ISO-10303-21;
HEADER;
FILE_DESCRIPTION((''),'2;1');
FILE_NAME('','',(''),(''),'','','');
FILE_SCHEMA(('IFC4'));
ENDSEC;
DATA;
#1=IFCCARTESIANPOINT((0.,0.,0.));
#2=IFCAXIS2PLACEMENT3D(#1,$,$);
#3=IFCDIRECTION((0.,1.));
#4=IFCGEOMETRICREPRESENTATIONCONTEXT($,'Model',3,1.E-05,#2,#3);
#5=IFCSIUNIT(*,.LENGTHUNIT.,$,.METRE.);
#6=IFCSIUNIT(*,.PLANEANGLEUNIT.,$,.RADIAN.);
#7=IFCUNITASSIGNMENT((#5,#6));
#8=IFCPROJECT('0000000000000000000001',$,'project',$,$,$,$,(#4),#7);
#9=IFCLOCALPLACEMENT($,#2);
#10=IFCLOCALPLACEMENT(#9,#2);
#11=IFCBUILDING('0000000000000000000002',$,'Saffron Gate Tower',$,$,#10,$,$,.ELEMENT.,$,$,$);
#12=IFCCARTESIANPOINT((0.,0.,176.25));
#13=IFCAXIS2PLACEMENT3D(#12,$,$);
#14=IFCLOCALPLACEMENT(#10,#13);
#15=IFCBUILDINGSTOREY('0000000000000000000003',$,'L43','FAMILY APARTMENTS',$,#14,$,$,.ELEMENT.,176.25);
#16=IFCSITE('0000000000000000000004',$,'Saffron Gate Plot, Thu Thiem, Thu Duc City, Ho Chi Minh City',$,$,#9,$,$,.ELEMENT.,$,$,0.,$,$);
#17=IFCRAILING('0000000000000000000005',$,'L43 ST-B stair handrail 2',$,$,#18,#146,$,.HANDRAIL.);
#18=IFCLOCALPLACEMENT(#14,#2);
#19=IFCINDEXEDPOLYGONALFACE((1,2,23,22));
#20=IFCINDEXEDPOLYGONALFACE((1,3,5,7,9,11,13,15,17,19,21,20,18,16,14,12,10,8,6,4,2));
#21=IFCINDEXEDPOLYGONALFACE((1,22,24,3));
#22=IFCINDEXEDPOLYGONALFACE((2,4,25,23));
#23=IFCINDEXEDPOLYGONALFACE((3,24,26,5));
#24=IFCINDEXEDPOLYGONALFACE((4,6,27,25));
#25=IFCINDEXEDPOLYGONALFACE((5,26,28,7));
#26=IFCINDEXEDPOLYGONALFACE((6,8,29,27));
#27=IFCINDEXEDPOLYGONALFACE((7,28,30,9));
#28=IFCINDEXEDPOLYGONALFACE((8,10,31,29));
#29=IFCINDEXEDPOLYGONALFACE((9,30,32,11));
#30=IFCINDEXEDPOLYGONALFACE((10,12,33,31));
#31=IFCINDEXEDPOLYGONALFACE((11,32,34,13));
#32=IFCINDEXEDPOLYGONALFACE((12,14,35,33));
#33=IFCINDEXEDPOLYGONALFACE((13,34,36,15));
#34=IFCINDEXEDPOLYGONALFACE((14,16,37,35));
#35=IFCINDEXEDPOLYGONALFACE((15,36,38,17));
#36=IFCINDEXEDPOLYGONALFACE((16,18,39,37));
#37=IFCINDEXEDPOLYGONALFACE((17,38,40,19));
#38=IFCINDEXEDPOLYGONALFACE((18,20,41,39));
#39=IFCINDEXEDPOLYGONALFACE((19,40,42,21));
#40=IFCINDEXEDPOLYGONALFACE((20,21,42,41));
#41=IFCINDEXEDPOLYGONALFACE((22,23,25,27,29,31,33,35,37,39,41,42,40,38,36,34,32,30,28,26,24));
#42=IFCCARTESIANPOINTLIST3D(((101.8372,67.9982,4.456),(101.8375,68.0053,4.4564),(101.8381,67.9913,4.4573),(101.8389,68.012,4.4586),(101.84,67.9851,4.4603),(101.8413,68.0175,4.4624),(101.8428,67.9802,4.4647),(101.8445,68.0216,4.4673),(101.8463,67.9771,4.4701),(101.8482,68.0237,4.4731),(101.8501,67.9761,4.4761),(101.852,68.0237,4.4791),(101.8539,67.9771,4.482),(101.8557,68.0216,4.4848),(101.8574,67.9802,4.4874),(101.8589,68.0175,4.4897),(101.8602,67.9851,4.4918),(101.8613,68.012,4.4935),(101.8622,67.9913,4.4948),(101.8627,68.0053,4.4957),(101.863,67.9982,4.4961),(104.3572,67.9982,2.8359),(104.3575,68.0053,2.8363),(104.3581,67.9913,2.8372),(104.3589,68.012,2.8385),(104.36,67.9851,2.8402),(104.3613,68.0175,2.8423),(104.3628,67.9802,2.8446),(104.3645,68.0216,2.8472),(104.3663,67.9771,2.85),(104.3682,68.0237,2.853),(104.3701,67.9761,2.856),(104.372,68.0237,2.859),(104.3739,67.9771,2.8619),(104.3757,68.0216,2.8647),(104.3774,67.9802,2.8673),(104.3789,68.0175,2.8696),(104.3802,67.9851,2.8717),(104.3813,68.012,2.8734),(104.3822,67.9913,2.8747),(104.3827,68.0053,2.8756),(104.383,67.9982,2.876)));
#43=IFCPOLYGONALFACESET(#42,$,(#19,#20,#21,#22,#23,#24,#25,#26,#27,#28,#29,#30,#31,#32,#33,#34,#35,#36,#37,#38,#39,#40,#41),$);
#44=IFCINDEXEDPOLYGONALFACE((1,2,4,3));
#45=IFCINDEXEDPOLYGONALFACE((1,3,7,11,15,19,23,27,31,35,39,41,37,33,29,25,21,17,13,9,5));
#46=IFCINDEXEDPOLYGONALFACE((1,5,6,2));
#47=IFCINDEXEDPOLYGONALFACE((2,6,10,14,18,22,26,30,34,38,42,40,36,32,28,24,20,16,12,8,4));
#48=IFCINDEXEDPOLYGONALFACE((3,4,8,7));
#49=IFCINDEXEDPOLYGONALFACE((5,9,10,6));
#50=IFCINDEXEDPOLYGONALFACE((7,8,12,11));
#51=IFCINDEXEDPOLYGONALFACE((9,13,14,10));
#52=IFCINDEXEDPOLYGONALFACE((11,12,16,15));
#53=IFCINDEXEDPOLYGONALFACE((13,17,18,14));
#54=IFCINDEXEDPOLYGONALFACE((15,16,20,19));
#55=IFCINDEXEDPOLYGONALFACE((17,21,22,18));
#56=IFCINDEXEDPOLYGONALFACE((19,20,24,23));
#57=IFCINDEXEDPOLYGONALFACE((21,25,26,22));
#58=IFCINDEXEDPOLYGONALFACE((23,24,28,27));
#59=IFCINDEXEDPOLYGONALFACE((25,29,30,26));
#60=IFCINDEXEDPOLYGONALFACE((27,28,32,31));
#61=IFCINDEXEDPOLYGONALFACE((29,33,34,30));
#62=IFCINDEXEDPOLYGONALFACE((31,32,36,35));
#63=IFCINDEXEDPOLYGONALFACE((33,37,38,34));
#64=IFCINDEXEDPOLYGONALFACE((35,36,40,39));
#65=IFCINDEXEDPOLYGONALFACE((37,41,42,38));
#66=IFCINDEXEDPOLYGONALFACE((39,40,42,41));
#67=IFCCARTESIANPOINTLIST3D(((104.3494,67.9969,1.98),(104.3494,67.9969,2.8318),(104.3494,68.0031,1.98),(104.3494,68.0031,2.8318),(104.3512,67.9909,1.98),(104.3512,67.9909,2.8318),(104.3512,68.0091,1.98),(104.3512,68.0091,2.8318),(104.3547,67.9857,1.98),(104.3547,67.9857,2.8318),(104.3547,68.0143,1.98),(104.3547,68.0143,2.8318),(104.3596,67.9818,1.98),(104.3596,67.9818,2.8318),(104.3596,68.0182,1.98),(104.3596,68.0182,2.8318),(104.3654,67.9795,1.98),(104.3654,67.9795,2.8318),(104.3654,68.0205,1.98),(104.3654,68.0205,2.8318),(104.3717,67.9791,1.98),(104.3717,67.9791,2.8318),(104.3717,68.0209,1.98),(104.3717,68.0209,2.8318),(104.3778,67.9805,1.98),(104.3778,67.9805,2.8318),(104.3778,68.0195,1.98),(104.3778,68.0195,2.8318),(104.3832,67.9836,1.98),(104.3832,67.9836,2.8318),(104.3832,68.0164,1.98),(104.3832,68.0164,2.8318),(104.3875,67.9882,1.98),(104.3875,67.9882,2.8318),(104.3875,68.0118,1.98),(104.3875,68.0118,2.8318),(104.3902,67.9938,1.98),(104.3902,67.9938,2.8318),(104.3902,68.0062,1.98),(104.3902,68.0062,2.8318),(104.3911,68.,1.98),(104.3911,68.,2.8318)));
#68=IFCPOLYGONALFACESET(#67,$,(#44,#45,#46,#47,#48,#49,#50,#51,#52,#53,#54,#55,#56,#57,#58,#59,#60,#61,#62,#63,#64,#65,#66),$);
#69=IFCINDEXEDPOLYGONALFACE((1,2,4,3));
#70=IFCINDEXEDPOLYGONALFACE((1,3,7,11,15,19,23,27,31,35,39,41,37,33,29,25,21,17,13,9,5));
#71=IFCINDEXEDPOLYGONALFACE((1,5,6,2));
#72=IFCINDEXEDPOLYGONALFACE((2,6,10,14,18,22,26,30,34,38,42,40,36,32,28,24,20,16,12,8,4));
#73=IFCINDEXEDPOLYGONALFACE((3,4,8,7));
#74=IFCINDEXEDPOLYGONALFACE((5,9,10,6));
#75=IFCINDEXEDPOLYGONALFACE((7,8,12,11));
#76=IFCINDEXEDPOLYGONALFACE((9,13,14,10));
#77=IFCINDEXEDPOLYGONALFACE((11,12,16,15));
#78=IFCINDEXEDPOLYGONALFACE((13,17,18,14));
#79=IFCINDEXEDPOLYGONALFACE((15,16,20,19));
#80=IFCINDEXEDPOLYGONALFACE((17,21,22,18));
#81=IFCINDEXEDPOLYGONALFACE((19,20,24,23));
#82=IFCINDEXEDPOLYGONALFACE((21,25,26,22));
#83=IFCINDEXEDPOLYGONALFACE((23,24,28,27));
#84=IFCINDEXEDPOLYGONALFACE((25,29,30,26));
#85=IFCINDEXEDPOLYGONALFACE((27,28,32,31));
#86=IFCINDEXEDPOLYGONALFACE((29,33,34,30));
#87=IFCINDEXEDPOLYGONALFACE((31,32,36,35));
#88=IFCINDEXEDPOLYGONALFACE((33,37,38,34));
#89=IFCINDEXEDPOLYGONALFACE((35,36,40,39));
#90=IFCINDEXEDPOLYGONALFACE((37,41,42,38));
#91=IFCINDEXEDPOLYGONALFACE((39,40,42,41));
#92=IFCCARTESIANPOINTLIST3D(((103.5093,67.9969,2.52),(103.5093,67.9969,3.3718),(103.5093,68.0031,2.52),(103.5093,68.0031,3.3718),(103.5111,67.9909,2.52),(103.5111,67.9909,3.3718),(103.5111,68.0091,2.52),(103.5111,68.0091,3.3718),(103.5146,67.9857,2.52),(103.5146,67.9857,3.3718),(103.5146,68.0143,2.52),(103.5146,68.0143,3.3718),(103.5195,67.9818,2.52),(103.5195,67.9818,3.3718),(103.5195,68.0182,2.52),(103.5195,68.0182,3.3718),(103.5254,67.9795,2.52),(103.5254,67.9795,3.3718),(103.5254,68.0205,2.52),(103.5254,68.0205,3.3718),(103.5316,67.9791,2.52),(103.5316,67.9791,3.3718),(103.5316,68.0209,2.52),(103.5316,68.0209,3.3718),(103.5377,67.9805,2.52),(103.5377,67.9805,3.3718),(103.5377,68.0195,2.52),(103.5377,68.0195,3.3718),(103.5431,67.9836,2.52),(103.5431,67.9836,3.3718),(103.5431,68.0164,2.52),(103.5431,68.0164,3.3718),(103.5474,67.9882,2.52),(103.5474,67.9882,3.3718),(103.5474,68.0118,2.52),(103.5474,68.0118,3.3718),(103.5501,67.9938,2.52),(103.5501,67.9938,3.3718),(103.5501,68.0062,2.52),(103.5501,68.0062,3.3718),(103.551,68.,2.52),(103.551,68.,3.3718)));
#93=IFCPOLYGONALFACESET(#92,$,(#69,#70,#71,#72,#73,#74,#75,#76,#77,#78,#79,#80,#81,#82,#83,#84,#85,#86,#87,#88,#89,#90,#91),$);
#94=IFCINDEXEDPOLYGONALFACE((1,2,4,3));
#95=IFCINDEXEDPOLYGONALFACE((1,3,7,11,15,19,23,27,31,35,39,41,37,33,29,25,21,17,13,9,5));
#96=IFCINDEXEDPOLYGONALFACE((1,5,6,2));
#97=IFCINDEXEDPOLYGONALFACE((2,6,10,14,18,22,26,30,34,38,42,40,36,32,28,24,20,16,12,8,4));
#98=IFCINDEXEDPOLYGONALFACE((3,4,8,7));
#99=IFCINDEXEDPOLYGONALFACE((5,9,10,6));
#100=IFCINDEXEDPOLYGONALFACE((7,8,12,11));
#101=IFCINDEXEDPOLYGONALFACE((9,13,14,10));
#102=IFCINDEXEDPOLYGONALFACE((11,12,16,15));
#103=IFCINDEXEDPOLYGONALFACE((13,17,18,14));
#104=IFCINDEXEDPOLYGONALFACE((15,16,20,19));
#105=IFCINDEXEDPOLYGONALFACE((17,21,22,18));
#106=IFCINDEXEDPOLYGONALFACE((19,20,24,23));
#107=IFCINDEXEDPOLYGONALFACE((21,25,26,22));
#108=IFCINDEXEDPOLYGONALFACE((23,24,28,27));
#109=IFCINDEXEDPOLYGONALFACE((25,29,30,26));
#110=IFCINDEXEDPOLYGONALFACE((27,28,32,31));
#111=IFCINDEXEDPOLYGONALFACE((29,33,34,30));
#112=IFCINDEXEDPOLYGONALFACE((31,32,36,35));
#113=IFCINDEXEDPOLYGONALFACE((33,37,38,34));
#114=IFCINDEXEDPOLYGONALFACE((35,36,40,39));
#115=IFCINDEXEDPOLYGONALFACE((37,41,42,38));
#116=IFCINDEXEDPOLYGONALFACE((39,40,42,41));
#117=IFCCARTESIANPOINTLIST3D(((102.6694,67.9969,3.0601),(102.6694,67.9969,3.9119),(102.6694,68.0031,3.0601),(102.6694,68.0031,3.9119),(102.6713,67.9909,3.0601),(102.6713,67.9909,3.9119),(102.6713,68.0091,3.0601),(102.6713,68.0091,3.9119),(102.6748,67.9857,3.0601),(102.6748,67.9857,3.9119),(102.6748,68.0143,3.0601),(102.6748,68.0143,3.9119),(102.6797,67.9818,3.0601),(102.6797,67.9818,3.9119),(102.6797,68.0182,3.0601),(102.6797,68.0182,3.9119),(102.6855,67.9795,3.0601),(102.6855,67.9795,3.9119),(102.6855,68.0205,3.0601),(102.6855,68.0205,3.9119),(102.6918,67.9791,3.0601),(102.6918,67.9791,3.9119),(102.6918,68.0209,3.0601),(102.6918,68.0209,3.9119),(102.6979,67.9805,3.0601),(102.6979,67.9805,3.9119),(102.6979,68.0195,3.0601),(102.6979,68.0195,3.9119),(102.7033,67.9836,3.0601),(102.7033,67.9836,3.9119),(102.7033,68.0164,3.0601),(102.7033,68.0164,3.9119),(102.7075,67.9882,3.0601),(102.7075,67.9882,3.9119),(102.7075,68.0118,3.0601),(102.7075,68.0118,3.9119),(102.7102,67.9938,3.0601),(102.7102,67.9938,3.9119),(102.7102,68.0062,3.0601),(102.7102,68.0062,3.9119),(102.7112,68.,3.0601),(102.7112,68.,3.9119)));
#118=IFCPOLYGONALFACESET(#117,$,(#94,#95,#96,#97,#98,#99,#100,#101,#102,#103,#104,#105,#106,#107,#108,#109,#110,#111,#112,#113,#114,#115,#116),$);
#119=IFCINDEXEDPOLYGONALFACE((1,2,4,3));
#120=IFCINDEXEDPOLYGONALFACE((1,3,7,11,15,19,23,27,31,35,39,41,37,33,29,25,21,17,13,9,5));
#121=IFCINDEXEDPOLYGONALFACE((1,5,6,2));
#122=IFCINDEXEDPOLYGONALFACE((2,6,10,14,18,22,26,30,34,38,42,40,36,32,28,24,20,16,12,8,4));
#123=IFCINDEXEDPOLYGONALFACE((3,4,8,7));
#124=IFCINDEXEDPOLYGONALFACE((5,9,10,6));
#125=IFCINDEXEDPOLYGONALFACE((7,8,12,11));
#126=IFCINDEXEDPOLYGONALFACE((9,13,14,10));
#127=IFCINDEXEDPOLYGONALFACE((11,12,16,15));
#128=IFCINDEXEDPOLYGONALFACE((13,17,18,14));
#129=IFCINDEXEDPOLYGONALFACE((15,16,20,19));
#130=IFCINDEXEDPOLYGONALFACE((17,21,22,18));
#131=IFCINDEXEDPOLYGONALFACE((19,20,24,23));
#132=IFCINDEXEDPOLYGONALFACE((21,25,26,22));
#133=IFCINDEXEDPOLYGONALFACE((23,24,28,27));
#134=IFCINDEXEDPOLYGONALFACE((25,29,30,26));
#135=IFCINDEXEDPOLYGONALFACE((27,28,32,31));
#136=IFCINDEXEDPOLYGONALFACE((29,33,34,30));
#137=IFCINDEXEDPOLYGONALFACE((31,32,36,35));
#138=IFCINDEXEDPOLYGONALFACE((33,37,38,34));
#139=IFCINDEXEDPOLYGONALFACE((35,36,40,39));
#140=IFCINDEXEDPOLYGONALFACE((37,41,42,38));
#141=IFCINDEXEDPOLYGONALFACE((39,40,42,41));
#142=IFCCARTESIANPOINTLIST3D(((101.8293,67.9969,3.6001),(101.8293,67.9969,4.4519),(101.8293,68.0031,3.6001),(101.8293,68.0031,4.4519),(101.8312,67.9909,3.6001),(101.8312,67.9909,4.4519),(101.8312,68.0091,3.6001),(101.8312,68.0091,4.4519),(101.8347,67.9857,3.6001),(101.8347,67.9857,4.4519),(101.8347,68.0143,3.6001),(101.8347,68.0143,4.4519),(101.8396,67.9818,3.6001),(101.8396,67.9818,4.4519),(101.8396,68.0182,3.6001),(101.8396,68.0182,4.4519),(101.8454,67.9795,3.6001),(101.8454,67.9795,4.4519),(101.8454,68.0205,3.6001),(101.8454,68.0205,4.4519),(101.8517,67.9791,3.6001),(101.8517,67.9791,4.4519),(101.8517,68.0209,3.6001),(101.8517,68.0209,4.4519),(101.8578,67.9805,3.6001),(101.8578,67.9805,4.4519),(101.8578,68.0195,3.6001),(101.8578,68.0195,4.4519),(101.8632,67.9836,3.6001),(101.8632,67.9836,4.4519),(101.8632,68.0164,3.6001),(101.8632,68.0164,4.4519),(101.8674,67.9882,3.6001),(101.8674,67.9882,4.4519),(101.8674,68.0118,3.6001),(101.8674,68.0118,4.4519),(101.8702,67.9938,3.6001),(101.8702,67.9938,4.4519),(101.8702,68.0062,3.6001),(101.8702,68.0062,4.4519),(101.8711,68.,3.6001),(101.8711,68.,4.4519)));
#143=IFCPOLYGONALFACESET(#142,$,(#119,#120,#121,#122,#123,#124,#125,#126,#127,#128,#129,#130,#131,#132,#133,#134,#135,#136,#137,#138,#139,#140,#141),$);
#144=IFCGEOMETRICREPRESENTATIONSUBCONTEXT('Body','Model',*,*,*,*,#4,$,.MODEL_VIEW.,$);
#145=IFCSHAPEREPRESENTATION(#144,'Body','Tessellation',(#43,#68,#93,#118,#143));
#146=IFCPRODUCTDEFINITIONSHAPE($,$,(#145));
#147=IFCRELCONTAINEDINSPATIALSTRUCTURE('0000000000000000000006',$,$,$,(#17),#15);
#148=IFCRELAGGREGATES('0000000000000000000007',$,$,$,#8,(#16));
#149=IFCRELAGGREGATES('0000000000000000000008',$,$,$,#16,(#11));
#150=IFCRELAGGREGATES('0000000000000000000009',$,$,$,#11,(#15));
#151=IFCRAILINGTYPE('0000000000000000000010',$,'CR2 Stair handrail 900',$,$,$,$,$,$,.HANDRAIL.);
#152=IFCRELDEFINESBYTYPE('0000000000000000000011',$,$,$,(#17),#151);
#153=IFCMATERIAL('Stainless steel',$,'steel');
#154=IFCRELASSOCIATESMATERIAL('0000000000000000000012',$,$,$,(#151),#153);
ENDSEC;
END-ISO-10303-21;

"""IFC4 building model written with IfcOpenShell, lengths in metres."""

from ifc_helpers import new_model, si_unit, direction, frame, origin, origin_2d, place, context, subcontext, project, spatial, circle, extrude, material, type_object, element, save


model = new_model("IFC4")

# Units and contexts
model_context = context("Model", 3, precision=1e-05, world=origin(), true_north=direction((0.0, 1.0)))
body_context = subcontext(model_context, "Body", "Model", "MODEL_VIEW")
ifc_project = project(units=[si_unit("LENGTHUNIT", "METRE"), si_unit("PLANEANGLEUNIT", "RADIAN")], contexts=[model_context])

# Site, building, storey
site_placement = place(None, origin())
site = spatial("IfcSite", under=ifc_project, at=site_placement, Name="Saffron Gate Plot, Thu Thiem, Thu Duc City, Ho Chi Minh City", CompositionType="ELEMENT", RefElevation=0.0)
building_placement = place(site_placement, origin())
building = spatial("IfcBuilding", under=site, at=building_placement, Name="Saffron Gate Tower", CompositionType="ELEMENT")
storey_placement = place(building_placement, frame((0.0, 0.0, 176.25)))
storey = spatial("IfcBuildingStorey", under=building, at=storey_placement, Name="L43", Description="FAMILY APARTMENTS", CompositionType="ELEMENT", Elevation=176.25)

# Railing
ifc_material_1 = material(Name="Stainless steel", Category="steel")
railing_type_1 = type_object("IfcRailingType", Name="CR2 Stair handrail 900", PredefinedType="HANDRAIL", material=ifc_material_1)
for number, where, name in (
    (1, (104.3701, 68.0, 1.98), "L43 ST-B stair handrail 2"),
):
    element("IfcRailing", number, at=place(storey_placement, frame(where)), inside=storey, type_object=railing_type_1, Name=name, PredefinedType="HANDRAIL", context=body_context, shape_type="SweptSolid", body=[
        extrude(circle(Radius=0.0239, at=origin_2d()), frame((0.0, 0.0, 0.876), z_axis=(-0.841163, 0.0, 0.540782), x_axis=(0.0, -1.0, 0.0)), (0.0, 0.0, 1.0), 2.9958),
        extrude(circle(Radius=0.021, at=origin_2d()), origin(), (0.0, 0.0, 1.0), 0.8518),
        extrude(circle(Radius=0.021, at=origin_2d()), frame((-0.8401, 0.0, 0.54)), (0.0, 0.0, 1.0), 0.8518),
        extrude(circle(Radius=0.021, at=origin_2d()), frame((-1.6799, 0.0, 1.0801)), (0.0, 0.0, 1.0), 0.8518),
        extrude(circle(Radius=0.021, at=origin_2d()), frame((-2.52, 0.0, 1.6201)), (0.0, 0.0, 1.0), 0.8518),
    ])

save(model, "model.ifc")
